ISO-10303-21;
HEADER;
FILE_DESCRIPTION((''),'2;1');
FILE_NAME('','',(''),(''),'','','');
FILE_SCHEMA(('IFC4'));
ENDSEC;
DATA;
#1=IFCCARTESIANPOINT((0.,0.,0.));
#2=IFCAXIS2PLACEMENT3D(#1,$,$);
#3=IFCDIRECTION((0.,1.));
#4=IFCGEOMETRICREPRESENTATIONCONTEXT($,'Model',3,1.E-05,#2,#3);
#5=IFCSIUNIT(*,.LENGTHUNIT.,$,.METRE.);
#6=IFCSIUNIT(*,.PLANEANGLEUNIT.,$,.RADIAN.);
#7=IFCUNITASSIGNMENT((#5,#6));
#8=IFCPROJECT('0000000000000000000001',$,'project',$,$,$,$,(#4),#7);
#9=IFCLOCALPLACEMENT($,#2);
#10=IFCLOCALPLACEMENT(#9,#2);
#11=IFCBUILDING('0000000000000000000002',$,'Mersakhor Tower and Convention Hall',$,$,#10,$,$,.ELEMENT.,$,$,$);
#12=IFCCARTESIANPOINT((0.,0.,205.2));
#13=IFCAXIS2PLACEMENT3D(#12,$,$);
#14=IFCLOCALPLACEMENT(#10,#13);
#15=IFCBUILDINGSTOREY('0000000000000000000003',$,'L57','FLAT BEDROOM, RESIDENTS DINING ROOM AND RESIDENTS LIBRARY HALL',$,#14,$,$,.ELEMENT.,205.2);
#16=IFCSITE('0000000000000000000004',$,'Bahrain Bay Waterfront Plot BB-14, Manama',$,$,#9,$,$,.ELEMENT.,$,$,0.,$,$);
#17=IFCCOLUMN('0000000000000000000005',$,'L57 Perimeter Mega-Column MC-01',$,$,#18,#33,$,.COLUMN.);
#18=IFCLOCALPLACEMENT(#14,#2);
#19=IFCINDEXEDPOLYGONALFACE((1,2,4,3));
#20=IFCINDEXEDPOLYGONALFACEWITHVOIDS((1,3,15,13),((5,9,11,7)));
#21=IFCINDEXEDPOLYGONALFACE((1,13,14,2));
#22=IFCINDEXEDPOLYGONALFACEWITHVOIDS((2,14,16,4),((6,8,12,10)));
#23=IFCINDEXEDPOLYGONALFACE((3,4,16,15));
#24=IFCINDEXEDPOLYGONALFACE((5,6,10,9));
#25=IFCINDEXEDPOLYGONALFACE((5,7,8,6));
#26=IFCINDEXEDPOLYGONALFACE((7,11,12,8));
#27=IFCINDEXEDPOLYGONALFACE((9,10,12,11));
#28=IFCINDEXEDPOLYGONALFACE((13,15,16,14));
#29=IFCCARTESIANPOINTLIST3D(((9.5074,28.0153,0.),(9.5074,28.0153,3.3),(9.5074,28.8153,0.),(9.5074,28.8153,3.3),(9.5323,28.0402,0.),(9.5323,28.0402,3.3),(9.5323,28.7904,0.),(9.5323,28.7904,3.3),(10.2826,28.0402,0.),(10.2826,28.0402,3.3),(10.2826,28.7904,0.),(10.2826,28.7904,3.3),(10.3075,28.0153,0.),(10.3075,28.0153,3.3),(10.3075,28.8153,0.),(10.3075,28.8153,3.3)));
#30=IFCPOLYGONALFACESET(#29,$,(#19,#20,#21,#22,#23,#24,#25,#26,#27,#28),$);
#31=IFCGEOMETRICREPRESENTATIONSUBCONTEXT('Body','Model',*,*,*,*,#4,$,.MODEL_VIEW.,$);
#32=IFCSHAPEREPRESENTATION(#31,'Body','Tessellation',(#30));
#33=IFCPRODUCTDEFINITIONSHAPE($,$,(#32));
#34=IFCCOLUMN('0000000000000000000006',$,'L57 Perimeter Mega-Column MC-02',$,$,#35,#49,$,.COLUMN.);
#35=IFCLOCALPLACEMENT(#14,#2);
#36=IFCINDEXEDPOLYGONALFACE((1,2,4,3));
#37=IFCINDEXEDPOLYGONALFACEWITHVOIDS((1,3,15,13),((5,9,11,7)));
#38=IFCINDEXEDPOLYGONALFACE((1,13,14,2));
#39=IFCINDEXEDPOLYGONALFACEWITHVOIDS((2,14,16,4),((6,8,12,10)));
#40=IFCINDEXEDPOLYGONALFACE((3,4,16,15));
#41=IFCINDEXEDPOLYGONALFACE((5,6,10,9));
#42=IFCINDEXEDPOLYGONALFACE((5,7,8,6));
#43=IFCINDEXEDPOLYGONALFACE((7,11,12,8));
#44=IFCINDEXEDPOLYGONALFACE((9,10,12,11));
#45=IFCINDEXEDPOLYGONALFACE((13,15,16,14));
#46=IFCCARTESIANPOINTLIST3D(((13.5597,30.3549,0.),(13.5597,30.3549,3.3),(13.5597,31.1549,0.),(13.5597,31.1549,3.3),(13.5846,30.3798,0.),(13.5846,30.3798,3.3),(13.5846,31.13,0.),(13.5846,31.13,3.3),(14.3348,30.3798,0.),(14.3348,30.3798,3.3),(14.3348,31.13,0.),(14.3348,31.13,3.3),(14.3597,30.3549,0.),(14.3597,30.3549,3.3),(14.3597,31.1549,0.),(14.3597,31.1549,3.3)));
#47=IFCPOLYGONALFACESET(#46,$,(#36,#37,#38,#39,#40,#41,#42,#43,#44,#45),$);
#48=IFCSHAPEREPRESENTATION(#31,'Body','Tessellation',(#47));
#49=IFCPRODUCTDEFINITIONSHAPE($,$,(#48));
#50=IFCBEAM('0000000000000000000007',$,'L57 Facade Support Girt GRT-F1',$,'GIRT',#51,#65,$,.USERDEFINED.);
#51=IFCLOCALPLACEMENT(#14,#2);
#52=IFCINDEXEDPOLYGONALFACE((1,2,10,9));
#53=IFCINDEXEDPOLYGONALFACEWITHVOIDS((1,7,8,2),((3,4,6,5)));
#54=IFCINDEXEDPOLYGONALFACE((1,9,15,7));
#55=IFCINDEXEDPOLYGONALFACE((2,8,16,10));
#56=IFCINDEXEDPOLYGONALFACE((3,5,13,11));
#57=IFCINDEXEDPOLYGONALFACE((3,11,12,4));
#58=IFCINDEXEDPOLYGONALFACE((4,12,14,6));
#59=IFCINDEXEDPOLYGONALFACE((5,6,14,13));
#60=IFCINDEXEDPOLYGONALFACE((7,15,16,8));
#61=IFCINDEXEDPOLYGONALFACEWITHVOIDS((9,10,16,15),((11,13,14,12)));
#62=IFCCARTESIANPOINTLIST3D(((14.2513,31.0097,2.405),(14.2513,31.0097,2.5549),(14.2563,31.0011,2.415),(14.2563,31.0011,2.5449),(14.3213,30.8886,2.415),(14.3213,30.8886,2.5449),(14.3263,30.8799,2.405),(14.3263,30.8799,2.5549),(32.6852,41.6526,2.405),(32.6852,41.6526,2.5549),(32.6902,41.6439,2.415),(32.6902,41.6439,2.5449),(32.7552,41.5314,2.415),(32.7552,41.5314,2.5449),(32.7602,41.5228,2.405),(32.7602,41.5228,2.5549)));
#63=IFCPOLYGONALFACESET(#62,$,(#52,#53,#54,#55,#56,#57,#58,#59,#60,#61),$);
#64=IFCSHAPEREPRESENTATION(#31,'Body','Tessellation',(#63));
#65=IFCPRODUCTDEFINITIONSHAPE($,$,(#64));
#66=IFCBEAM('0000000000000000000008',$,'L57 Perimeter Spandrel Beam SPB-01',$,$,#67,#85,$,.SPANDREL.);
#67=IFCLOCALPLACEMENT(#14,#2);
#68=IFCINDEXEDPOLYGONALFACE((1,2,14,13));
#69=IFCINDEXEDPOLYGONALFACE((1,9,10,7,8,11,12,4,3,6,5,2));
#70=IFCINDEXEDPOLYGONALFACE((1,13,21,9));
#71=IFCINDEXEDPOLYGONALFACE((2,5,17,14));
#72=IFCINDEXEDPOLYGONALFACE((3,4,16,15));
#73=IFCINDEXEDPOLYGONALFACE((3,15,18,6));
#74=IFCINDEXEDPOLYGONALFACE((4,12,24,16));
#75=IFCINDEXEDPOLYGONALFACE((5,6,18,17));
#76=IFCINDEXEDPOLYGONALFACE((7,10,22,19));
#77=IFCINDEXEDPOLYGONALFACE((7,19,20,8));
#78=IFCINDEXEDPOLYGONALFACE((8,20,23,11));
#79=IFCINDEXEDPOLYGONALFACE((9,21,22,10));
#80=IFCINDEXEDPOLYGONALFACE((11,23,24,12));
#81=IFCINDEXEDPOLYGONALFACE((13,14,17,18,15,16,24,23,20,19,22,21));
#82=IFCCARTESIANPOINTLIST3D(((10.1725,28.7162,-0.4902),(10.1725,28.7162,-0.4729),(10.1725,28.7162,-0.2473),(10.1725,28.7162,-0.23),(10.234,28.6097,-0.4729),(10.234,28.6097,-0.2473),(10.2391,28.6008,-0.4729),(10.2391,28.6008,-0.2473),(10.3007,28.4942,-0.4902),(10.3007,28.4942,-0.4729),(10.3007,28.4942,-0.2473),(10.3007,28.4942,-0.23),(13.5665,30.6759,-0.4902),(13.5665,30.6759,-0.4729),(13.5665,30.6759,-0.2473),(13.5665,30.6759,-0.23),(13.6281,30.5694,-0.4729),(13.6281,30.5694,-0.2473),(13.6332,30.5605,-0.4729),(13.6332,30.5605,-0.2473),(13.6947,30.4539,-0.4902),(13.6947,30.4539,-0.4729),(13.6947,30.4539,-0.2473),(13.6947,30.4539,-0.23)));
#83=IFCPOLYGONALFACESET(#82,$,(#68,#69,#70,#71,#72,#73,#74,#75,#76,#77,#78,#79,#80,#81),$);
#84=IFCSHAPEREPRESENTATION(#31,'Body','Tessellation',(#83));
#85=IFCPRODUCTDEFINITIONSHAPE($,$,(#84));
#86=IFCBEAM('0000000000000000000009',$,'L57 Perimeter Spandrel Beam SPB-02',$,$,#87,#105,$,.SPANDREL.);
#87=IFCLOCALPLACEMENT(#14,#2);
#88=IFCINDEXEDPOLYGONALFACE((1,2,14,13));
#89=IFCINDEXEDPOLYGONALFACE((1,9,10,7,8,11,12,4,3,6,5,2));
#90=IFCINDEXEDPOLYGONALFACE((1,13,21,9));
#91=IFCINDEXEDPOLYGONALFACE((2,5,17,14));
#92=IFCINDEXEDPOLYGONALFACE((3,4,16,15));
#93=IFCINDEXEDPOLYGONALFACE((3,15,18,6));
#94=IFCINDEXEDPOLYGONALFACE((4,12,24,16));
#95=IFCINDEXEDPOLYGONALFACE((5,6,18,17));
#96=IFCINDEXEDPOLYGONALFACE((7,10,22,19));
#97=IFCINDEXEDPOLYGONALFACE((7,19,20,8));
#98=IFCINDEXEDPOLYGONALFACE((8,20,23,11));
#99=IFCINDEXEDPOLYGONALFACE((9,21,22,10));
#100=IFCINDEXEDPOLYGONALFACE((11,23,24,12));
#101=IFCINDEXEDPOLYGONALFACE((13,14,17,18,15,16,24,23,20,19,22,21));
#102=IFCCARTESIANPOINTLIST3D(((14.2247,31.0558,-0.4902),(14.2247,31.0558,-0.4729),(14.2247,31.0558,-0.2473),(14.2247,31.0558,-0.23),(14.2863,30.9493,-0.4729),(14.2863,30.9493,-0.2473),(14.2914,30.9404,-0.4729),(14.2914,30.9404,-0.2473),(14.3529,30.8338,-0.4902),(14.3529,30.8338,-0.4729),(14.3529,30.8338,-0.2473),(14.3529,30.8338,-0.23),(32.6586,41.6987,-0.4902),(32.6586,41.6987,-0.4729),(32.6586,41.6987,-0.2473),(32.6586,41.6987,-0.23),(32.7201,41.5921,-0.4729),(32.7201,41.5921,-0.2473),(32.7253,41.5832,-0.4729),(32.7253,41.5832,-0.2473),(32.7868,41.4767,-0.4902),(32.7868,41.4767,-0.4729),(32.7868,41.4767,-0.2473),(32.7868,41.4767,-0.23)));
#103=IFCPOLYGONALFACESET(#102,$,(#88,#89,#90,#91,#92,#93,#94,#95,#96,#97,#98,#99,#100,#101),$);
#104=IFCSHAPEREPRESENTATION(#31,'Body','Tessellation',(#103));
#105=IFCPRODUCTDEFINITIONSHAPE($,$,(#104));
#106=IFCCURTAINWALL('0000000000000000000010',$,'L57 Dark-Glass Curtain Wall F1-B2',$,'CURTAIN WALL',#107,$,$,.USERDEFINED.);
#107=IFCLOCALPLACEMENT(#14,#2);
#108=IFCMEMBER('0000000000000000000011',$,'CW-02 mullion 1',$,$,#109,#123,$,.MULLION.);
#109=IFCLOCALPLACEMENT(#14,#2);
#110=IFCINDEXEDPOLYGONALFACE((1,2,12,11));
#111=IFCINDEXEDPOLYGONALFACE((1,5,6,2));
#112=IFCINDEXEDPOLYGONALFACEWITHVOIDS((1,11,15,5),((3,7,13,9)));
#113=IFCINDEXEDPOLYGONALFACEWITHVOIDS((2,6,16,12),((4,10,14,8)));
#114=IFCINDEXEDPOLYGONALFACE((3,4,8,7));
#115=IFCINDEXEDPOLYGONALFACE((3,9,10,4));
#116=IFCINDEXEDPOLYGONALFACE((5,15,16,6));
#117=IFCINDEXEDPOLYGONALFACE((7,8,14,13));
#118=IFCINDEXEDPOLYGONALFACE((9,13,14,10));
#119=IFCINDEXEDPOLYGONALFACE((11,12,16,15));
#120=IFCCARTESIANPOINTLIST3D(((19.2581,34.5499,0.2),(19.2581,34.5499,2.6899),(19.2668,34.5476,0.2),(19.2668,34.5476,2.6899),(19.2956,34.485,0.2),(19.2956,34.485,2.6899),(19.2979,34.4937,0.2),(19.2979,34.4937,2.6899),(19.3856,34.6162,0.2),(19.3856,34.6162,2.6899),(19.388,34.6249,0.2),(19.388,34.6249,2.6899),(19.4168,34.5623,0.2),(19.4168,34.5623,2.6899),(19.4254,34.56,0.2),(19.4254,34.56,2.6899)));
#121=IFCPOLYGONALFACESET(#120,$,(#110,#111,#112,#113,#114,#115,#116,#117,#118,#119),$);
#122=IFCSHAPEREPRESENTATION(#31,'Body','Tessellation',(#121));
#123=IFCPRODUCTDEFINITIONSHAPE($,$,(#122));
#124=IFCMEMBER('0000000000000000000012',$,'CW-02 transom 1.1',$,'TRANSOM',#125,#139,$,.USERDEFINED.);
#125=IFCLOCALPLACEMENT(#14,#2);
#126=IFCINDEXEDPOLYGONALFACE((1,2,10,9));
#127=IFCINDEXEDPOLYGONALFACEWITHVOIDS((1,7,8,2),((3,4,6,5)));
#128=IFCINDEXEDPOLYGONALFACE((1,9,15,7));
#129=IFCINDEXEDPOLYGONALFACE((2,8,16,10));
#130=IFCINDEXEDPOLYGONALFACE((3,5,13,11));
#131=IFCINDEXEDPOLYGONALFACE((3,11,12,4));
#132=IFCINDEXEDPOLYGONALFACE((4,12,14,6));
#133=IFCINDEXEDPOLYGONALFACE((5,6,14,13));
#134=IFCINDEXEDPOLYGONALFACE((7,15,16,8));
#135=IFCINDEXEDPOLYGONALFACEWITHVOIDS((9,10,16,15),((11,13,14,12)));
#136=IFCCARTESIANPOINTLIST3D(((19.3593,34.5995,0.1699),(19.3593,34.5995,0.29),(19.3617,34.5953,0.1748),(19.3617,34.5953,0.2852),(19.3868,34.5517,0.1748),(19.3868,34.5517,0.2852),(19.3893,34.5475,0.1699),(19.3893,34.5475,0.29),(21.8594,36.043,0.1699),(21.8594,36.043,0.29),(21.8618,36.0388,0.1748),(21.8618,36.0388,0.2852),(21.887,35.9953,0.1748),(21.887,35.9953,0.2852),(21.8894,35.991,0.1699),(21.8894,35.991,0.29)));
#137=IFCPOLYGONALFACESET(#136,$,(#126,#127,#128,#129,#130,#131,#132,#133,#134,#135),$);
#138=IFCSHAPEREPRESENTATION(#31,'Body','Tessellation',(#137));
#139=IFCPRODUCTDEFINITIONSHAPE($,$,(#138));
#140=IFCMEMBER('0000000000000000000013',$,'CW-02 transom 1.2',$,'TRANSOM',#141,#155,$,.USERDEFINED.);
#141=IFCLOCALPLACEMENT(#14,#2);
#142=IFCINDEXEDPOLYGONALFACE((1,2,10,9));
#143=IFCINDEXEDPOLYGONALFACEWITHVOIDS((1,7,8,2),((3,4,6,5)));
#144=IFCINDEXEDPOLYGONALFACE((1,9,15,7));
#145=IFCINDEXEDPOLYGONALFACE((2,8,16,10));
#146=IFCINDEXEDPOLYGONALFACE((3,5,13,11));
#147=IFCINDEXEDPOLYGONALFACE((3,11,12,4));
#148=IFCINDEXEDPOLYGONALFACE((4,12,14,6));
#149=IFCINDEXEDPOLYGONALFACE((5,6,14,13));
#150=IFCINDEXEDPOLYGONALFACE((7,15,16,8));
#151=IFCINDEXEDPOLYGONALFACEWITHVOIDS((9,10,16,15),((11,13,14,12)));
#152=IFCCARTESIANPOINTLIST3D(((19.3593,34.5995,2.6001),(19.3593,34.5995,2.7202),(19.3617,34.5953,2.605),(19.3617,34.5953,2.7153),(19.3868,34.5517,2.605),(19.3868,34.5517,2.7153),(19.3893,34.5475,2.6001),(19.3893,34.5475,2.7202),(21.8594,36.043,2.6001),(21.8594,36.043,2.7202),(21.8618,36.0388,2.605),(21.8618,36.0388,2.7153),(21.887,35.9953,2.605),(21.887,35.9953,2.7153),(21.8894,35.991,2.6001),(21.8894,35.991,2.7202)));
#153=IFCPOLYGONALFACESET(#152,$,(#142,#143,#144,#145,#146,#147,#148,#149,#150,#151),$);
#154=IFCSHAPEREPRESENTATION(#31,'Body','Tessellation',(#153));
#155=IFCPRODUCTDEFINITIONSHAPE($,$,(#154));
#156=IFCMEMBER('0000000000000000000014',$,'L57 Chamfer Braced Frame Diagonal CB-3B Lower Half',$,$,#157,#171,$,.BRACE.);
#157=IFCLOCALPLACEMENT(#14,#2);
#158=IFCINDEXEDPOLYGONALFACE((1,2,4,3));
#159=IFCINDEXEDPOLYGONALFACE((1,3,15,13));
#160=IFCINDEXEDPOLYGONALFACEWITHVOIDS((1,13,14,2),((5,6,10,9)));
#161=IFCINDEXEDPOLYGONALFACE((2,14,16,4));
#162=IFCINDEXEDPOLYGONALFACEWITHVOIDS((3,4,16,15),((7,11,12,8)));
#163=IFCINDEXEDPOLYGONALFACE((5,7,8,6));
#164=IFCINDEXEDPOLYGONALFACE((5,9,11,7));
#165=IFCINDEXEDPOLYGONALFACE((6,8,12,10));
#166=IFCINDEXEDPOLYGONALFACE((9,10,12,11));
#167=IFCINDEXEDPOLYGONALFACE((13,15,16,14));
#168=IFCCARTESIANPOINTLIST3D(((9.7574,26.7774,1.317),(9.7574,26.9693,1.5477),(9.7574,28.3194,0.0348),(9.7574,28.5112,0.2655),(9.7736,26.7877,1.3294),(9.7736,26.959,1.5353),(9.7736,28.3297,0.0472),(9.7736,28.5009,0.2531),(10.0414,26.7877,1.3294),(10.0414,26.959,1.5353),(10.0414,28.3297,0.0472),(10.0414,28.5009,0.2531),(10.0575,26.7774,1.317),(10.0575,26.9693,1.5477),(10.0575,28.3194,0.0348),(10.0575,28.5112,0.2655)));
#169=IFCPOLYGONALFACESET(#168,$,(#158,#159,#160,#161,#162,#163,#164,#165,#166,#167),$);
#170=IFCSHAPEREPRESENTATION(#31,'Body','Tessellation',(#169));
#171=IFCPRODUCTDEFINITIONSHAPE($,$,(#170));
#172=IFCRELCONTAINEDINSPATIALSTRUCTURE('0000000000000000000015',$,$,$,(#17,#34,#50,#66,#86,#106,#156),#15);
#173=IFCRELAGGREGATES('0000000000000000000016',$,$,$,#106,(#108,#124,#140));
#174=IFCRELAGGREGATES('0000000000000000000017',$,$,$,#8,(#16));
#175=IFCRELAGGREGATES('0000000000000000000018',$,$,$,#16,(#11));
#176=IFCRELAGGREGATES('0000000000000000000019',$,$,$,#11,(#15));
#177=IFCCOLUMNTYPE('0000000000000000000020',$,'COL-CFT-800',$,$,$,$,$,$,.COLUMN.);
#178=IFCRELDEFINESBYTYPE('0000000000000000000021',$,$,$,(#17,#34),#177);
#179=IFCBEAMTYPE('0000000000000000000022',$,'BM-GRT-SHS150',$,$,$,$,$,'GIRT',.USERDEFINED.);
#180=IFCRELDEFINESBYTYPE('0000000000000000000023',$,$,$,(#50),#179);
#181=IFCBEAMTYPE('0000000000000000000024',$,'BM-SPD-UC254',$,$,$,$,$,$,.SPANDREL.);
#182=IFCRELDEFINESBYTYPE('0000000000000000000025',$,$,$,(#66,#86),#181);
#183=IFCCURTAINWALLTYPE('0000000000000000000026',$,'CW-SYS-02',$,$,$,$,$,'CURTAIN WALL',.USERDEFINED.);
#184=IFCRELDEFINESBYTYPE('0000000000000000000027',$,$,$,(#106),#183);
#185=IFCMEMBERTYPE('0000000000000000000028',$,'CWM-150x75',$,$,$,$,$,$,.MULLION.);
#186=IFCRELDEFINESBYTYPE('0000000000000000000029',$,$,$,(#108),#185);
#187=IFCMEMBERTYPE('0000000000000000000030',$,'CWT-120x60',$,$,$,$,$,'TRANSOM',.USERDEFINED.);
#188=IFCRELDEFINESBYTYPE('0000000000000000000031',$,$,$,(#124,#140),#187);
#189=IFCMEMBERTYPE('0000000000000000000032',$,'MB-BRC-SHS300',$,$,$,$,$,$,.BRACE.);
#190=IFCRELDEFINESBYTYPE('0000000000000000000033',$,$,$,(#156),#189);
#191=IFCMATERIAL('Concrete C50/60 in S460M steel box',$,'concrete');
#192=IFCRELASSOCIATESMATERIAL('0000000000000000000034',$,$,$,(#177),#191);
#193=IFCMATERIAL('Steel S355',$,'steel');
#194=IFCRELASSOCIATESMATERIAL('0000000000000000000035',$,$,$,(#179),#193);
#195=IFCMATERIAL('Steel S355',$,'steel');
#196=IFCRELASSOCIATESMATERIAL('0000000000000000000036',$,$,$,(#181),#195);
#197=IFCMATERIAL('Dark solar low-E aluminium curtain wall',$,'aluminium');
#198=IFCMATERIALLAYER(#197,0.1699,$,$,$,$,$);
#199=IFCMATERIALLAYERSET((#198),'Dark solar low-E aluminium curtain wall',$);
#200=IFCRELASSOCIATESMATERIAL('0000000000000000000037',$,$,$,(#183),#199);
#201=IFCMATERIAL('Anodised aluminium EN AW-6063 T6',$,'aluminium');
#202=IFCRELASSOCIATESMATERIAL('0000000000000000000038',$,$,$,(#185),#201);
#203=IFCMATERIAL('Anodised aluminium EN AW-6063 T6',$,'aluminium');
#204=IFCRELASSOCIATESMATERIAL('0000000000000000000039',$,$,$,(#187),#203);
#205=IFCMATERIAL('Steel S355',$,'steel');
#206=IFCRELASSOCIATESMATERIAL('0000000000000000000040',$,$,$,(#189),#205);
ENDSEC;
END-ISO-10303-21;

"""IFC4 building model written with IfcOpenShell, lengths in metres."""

from ifc_helpers import new_model, si_unit, direction, frame, origin, origin_2d, place, context, subcontext, project, spatial, hollow_rectangle, i_section, extrude, material, layer, layer_set, material_profile, profile_set, type_object, element, aggregate, save


model = new_model("IFC4")

# Units and contexts
model_context = context("Model", 3, precision=1e-05, world=origin(), true_north=direction((0.0, 1.0)))
body_context = subcontext(model_context, "Body", "Model", "MODEL_VIEW")
ifc_project = project(units=[si_unit("LENGTHUNIT", "METRE"), si_unit("PLANEANGLEUNIT", "RADIAN")], contexts=[model_context])

# Site, building, storey
site_placement = place(None, origin())
site = spatial("IfcSite", under=ifc_project, at=site_placement, Name="Bahrain Bay Waterfront Plot BB-14, Manama", CompositionType="ELEMENT", RefElevation=0.0)
building_placement = place(site_placement, origin())
building = spatial("IfcBuilding", under=site, at=building_placement, Name="Mersakhor Tower and Convention Hall", CompositionType="ELEMENT")
storey_placement = place(building_placement, frame((0.0, 0.0, 205.2)))
storey = spatial("IfcBuildingStorey", under=building, at=storey_placement, Name="L57", Description="FLAT BEDROOM, RESIDENTS DINING ROOM AND RESIDENTS LIBRARY HALL", CompositionType="ELEMENT", Elevation=205.2)

# Columns
ifc_material_1 = material(Name="Concrete C50/60 in S460M steel box", Category="concrete")
ifc_material_profile_1 = material_profile(ifc_material_1, hollow_rectangle(XDim=0.8, YDim=0.8, WallThickness=0.0249, at=origin_2d()), Name="SHS 800x800x25")
ifc_profile_set_1 = profile_set([ifc_material_profile_1], Name="Concrete C50/60 in S460M steel box")
column_type = type_object("IfcColumnType", Name="COL-CFT-800", PredefinedType="COLUMN", material=ifc_profile_set_1)
for number, where, z_axis, x_axis, name in (
    (1, (9.9075, 28.4153, 0.0), (0.0, 0.0, 1.0), (1.0, 0.0, 0.0), "L57 Perimeter Mega-Column MC-01"),
    (2, (13.9597, 30.7549, 0.0), (0.0, 0.0, 1.0), (1.0, 0.0, 0.0), "L57 Perimeter Mega-Column MC-02"),
):
    element("IfcColumn", number, at=place(storey_placement, frame(where, z_axis=z_axis, x_axis=x_axis)), inside=storey, type_object=column_type, Name=name, PredefinedType="COLUMN", context=body_context, shape_type="SweptSolid", body=[
        extrude(hollow_rectangle(XDim=0.8, YDim=0.8, WallThickness=0.0249, at=origin_2d()), origin(), (0.0, 0.0, 1.0), 3.3),
    ])

# Beams
ifc_material_2 = material(Name="Steel S355", Category="steel")
ifc_material_profile_2 = material_profile(ifc_material_2, hollow_rectangle(XDim=0.1499, YDim=0.1499, WallThickness=0.01, at=origin_2d()), Name="SHS 150x150x10")
ifc_profile_set_2 = profile_set([ifc_material_profile_2], Name="Steel S355")
beam_type_1 = type_object("IfcBeamType", Name="BM-GRT-SHS150", ElementType="GIRT", PredefinedType="USERDEFINED", material=ifc_profile_set_2)
beam_1_placement = place(storey_placement, frame((14.2888, 30.9448, 2.48), z_axis=(0.866025, 0.500001, 0.0), x_axis=(-0.500001, 0.866025, 0.0)))
element("IfcBeam", 3, at=beam_1_placement, inside=storey, type_object=beam_type_1, Name="L57 Facade Support Girt GRT-F1", ObjectType="GIRT", PredefinedType="USERDEFINED", context=body_context, shape_type="SweptSolid", body=[
    extrude(hollow_rectangle(XDim=0.1499, YDim=0.1499, WallThickness=0.01, at=origin_2d()), origin(), (0.0, 0.0, 1.0), 21.2856),
])
ifc_material_3 = material(Name="Steel S355", Category="steel")
ifc_material_profile_3 = material_profile(ifc_material_3, i_section(OverallWidth=0.2563, OverallDepth=0.2603, WebThickness=0.0103, FlangeThickness=0.0173, at=origin_2d()), Name="UC 254x254x89")
ifc_profile_set_3 = profile_set([ifc_material_profile_3], Name="Steel S355")
beam_type_2 = type_object("IfcBeamType", Name="BM-SPD-UC254", PredefinedType="SPANDREL", material=ifc_profile_set_3)
beam_2_placement = place(storey_placement, frame((10.2366, 28.6052, -0.3601), z_axis=(0.866007, 0.500032, 0.0), x_axis=(-0.500032, 0.866007, 0.0)))
element("IfcBeam", 4, at=beam_2_placement, inside=storey, type_object=beam_type_2, Name="L57 Perimeter Spandrel Beam SPB-01", PredefinedType="SPANDREL", context=body_context, shape_type="SweptSolid", body=[
    extrude(i_section(OverallWidth=0.2563, OverallDepth=0.2603, WebThickness=0.0103, FlangeThickness=0.0173, at=origin_2d()), origin(), (0.0, 0.0, 1.0), 3.9192),
])
beam_3_placement = place(storey_placement, frame((14.2888, 30.9448, -0.3601), z_axis=(0.866025, 0.500001, 0.0), x_axis=(-0.500001, 0.866025, 0.0)))
element("IfcBeam", 5, at=beam_3_placement, inside=storey, type_object=beam_type_2, Name="L57 Perimeter Spandrel Beam SPB-02", PredefinedType="SPANDREL", context=body_context, shape_type="SweptSolid", body=[
    extrude(i_section(OverallWidth=0.2563, OverallDepth=0.2603, WebThickness=0.0103, FlangeThickness=0.0173, at=origin_2d()), origin(), (0.0, 0.0, 1.0), 21.2856),
])

# Curtain wall, members
ifc_material_4 = material(Name="Dark solar low-E aluminium curtain wall", Category="aluminium")
ifc_layer_1 = layer(ifc_material_4, 0.1699)
ifc_layer_set_1 = layer_set([ifc_layer_1], Name="Dark solar low-E aluminium curtain wall")
curtain_wall_type = type_object("IfcCurtainWallType", Name="CW-SYS-02", ElementType="CURTAIN WALL", PredefinedType="USERDEFINED", material=ifc_layer_set_1)
curtain_wall_placement = place(storey_placement, origin())
curtain_wall = element("IfcCurtainWall", 6, at=curtain_wall_placement, inside=storey, type_object=curtain_wall_type, Name="L57 Dark-Glass Curtain Wall F1-B2", ObjectType="CURTAIN WALL", PredefinedType="USERDEFINED")
ifc_material_5 = material(Name="Anodised aluminium EN AW-6063 T6", Category="aluminium")
ifc_material_profile_4 = material_profile(ifc_material_5, hollow_rectangle(XDim=0.075, YDim=0.1499, WallThickness=0.0063, at=origin_2d()), Name="RHS 150x75x6.3")
ifc_profile_set_4 = profile_set([ifc_material_profile_4], Name="Anodised aluminium EN AW-6063 T6")
member_type_1 = type_object("IfcMemberType", Name="CWM-150x75", PredefinedType="MULLION", material=ifc_profile_set_4)
member_1_placement = place(storey_placement, frame((19.3418, 34.5549, 0.2), z_axis=(0.0, 0.0, 1.0), x_axis=(-0.500008, 0.866021, 0.0)))
member_1 = element("IfcMember", 7, at=member_1_placement, type_object=member_type_1, Name="CW-02 mullion 1", PredefinedType="MULLION", context=body_context, shape_type="SweptSolid", body=[
    extrude(hollow_rectangle(XDim=0.075, YDim=0.1499, WallThickness=0.0063, at=origin_2d()), origin(), (0.0, 0.0, 1.0), 2.49),
])
ifc_material_6 = material(Name="Anodised aluminium EN AW-6063 T6", Category="aluminium")
ifc_material_profile_5 = material_profile(ifc_material_6, hollow_rectangle(XDim=0.0601, YDim=0.1201, WallThickness=0.0049, at=origin_2d()), Name="RHS 120x60x5")
ifc_profile_set_5 = profile_set([ifc_material_profile_5], Name="Anodised aluminium EN AW-6063 T6")
member_type_2 = type_object("IfcMemberType", Name="CWT-120x60", ElementType="TRANSOM", PredefinedType="USERDEFINED", material=ifc_profile_set_5)
member_2_placement = place(storey_placement, frame((19.3743, 34.5735, 0.23), z_axis=(0.866012, 0.500023, 0.0), x_axis=(-0.500023, 0.866012, 0.0)))
member_2 = element("IfcMember", 8, at=member_2_placement, type_object=member_type_2, Name="CW-02 transom 1.1", ObjectType="TRANSOM", PredefinedType="USERDEFINED", context=body_context, shape_type="SweptSolid", body=[
    extrude(hollow_rectangle(XDim=0.0601, YDim=0.1201, WallThickness=0.0049, at=origin_2d()), origin(), (0.0, 0.0, 1.0), 2.887),
])
member_3_placement = place(storey_placement, frame((19.3743, 34.5735, 2.6602), z_axis=(0.866012, 0.500023, 0.0), x_axis=(-0.500023, 0.866012, 0.0)))
member_3 = element("IfcMember", 9, at=member_3_placement, type_object=member_type_2, Name="CW-02 transom 1.2", ObjectType="TRANSOM", PredefinedType="USERDEFINED", context=body_context, shape_type="SweptSolid", body=[
    extrude(hollow_rectangle(XDim=0.0601, YDim=0.1201, WallThickness=0.0049, at=origin_2d()), origin(), (0.0, 0.0, 1.0), 2.887),
])
aggregate(curtain_wall, [member_1, member_2, member_3])

# Member
ifc_material_7 = material(Name="Steel S355", Category="steel")
ifc_material_profile_6 = material_profile(ifc_material_7, hollow_rectangle(XDim=0.3, YDim=0.3, WallThickness=0.0161, at=origin_2d()), Name="SHS 300x300x16")
ifc_profile_set_6 = profile_set([ifc_material_profile_6], Name="Steel S355")
member_type_3 = type_object("IfcMemberType", Name="MB-BRC-SHS300", PredefinedType="BRACE", material=ifc_profile_set_6)
member_4_placement = place(storey_placement, frame((9.9075, 28.4153, 0.1501), z_axis=(0.0, -0.768899, 0.63937), x_axis=(1.0, 0.0, 0.0)))
element("IfcMember", 10, at=member_4_placement, inside=storey, type_object=member_type_3, Name="L57 Chamfer Braced Frame Diagonal CB-3B Lower Half", PredefinedType="BRACE", context=body_context, shape_type="SweptSolid", body=[
    extrude(hollow_rectangle(XDim=0.3, YDim=0.3, WallThickness=0.0161, at=origin_2d()), origin(), (0.0, 0.0, 1.0), 2.0054),
])

save(model, "model.ifc")
